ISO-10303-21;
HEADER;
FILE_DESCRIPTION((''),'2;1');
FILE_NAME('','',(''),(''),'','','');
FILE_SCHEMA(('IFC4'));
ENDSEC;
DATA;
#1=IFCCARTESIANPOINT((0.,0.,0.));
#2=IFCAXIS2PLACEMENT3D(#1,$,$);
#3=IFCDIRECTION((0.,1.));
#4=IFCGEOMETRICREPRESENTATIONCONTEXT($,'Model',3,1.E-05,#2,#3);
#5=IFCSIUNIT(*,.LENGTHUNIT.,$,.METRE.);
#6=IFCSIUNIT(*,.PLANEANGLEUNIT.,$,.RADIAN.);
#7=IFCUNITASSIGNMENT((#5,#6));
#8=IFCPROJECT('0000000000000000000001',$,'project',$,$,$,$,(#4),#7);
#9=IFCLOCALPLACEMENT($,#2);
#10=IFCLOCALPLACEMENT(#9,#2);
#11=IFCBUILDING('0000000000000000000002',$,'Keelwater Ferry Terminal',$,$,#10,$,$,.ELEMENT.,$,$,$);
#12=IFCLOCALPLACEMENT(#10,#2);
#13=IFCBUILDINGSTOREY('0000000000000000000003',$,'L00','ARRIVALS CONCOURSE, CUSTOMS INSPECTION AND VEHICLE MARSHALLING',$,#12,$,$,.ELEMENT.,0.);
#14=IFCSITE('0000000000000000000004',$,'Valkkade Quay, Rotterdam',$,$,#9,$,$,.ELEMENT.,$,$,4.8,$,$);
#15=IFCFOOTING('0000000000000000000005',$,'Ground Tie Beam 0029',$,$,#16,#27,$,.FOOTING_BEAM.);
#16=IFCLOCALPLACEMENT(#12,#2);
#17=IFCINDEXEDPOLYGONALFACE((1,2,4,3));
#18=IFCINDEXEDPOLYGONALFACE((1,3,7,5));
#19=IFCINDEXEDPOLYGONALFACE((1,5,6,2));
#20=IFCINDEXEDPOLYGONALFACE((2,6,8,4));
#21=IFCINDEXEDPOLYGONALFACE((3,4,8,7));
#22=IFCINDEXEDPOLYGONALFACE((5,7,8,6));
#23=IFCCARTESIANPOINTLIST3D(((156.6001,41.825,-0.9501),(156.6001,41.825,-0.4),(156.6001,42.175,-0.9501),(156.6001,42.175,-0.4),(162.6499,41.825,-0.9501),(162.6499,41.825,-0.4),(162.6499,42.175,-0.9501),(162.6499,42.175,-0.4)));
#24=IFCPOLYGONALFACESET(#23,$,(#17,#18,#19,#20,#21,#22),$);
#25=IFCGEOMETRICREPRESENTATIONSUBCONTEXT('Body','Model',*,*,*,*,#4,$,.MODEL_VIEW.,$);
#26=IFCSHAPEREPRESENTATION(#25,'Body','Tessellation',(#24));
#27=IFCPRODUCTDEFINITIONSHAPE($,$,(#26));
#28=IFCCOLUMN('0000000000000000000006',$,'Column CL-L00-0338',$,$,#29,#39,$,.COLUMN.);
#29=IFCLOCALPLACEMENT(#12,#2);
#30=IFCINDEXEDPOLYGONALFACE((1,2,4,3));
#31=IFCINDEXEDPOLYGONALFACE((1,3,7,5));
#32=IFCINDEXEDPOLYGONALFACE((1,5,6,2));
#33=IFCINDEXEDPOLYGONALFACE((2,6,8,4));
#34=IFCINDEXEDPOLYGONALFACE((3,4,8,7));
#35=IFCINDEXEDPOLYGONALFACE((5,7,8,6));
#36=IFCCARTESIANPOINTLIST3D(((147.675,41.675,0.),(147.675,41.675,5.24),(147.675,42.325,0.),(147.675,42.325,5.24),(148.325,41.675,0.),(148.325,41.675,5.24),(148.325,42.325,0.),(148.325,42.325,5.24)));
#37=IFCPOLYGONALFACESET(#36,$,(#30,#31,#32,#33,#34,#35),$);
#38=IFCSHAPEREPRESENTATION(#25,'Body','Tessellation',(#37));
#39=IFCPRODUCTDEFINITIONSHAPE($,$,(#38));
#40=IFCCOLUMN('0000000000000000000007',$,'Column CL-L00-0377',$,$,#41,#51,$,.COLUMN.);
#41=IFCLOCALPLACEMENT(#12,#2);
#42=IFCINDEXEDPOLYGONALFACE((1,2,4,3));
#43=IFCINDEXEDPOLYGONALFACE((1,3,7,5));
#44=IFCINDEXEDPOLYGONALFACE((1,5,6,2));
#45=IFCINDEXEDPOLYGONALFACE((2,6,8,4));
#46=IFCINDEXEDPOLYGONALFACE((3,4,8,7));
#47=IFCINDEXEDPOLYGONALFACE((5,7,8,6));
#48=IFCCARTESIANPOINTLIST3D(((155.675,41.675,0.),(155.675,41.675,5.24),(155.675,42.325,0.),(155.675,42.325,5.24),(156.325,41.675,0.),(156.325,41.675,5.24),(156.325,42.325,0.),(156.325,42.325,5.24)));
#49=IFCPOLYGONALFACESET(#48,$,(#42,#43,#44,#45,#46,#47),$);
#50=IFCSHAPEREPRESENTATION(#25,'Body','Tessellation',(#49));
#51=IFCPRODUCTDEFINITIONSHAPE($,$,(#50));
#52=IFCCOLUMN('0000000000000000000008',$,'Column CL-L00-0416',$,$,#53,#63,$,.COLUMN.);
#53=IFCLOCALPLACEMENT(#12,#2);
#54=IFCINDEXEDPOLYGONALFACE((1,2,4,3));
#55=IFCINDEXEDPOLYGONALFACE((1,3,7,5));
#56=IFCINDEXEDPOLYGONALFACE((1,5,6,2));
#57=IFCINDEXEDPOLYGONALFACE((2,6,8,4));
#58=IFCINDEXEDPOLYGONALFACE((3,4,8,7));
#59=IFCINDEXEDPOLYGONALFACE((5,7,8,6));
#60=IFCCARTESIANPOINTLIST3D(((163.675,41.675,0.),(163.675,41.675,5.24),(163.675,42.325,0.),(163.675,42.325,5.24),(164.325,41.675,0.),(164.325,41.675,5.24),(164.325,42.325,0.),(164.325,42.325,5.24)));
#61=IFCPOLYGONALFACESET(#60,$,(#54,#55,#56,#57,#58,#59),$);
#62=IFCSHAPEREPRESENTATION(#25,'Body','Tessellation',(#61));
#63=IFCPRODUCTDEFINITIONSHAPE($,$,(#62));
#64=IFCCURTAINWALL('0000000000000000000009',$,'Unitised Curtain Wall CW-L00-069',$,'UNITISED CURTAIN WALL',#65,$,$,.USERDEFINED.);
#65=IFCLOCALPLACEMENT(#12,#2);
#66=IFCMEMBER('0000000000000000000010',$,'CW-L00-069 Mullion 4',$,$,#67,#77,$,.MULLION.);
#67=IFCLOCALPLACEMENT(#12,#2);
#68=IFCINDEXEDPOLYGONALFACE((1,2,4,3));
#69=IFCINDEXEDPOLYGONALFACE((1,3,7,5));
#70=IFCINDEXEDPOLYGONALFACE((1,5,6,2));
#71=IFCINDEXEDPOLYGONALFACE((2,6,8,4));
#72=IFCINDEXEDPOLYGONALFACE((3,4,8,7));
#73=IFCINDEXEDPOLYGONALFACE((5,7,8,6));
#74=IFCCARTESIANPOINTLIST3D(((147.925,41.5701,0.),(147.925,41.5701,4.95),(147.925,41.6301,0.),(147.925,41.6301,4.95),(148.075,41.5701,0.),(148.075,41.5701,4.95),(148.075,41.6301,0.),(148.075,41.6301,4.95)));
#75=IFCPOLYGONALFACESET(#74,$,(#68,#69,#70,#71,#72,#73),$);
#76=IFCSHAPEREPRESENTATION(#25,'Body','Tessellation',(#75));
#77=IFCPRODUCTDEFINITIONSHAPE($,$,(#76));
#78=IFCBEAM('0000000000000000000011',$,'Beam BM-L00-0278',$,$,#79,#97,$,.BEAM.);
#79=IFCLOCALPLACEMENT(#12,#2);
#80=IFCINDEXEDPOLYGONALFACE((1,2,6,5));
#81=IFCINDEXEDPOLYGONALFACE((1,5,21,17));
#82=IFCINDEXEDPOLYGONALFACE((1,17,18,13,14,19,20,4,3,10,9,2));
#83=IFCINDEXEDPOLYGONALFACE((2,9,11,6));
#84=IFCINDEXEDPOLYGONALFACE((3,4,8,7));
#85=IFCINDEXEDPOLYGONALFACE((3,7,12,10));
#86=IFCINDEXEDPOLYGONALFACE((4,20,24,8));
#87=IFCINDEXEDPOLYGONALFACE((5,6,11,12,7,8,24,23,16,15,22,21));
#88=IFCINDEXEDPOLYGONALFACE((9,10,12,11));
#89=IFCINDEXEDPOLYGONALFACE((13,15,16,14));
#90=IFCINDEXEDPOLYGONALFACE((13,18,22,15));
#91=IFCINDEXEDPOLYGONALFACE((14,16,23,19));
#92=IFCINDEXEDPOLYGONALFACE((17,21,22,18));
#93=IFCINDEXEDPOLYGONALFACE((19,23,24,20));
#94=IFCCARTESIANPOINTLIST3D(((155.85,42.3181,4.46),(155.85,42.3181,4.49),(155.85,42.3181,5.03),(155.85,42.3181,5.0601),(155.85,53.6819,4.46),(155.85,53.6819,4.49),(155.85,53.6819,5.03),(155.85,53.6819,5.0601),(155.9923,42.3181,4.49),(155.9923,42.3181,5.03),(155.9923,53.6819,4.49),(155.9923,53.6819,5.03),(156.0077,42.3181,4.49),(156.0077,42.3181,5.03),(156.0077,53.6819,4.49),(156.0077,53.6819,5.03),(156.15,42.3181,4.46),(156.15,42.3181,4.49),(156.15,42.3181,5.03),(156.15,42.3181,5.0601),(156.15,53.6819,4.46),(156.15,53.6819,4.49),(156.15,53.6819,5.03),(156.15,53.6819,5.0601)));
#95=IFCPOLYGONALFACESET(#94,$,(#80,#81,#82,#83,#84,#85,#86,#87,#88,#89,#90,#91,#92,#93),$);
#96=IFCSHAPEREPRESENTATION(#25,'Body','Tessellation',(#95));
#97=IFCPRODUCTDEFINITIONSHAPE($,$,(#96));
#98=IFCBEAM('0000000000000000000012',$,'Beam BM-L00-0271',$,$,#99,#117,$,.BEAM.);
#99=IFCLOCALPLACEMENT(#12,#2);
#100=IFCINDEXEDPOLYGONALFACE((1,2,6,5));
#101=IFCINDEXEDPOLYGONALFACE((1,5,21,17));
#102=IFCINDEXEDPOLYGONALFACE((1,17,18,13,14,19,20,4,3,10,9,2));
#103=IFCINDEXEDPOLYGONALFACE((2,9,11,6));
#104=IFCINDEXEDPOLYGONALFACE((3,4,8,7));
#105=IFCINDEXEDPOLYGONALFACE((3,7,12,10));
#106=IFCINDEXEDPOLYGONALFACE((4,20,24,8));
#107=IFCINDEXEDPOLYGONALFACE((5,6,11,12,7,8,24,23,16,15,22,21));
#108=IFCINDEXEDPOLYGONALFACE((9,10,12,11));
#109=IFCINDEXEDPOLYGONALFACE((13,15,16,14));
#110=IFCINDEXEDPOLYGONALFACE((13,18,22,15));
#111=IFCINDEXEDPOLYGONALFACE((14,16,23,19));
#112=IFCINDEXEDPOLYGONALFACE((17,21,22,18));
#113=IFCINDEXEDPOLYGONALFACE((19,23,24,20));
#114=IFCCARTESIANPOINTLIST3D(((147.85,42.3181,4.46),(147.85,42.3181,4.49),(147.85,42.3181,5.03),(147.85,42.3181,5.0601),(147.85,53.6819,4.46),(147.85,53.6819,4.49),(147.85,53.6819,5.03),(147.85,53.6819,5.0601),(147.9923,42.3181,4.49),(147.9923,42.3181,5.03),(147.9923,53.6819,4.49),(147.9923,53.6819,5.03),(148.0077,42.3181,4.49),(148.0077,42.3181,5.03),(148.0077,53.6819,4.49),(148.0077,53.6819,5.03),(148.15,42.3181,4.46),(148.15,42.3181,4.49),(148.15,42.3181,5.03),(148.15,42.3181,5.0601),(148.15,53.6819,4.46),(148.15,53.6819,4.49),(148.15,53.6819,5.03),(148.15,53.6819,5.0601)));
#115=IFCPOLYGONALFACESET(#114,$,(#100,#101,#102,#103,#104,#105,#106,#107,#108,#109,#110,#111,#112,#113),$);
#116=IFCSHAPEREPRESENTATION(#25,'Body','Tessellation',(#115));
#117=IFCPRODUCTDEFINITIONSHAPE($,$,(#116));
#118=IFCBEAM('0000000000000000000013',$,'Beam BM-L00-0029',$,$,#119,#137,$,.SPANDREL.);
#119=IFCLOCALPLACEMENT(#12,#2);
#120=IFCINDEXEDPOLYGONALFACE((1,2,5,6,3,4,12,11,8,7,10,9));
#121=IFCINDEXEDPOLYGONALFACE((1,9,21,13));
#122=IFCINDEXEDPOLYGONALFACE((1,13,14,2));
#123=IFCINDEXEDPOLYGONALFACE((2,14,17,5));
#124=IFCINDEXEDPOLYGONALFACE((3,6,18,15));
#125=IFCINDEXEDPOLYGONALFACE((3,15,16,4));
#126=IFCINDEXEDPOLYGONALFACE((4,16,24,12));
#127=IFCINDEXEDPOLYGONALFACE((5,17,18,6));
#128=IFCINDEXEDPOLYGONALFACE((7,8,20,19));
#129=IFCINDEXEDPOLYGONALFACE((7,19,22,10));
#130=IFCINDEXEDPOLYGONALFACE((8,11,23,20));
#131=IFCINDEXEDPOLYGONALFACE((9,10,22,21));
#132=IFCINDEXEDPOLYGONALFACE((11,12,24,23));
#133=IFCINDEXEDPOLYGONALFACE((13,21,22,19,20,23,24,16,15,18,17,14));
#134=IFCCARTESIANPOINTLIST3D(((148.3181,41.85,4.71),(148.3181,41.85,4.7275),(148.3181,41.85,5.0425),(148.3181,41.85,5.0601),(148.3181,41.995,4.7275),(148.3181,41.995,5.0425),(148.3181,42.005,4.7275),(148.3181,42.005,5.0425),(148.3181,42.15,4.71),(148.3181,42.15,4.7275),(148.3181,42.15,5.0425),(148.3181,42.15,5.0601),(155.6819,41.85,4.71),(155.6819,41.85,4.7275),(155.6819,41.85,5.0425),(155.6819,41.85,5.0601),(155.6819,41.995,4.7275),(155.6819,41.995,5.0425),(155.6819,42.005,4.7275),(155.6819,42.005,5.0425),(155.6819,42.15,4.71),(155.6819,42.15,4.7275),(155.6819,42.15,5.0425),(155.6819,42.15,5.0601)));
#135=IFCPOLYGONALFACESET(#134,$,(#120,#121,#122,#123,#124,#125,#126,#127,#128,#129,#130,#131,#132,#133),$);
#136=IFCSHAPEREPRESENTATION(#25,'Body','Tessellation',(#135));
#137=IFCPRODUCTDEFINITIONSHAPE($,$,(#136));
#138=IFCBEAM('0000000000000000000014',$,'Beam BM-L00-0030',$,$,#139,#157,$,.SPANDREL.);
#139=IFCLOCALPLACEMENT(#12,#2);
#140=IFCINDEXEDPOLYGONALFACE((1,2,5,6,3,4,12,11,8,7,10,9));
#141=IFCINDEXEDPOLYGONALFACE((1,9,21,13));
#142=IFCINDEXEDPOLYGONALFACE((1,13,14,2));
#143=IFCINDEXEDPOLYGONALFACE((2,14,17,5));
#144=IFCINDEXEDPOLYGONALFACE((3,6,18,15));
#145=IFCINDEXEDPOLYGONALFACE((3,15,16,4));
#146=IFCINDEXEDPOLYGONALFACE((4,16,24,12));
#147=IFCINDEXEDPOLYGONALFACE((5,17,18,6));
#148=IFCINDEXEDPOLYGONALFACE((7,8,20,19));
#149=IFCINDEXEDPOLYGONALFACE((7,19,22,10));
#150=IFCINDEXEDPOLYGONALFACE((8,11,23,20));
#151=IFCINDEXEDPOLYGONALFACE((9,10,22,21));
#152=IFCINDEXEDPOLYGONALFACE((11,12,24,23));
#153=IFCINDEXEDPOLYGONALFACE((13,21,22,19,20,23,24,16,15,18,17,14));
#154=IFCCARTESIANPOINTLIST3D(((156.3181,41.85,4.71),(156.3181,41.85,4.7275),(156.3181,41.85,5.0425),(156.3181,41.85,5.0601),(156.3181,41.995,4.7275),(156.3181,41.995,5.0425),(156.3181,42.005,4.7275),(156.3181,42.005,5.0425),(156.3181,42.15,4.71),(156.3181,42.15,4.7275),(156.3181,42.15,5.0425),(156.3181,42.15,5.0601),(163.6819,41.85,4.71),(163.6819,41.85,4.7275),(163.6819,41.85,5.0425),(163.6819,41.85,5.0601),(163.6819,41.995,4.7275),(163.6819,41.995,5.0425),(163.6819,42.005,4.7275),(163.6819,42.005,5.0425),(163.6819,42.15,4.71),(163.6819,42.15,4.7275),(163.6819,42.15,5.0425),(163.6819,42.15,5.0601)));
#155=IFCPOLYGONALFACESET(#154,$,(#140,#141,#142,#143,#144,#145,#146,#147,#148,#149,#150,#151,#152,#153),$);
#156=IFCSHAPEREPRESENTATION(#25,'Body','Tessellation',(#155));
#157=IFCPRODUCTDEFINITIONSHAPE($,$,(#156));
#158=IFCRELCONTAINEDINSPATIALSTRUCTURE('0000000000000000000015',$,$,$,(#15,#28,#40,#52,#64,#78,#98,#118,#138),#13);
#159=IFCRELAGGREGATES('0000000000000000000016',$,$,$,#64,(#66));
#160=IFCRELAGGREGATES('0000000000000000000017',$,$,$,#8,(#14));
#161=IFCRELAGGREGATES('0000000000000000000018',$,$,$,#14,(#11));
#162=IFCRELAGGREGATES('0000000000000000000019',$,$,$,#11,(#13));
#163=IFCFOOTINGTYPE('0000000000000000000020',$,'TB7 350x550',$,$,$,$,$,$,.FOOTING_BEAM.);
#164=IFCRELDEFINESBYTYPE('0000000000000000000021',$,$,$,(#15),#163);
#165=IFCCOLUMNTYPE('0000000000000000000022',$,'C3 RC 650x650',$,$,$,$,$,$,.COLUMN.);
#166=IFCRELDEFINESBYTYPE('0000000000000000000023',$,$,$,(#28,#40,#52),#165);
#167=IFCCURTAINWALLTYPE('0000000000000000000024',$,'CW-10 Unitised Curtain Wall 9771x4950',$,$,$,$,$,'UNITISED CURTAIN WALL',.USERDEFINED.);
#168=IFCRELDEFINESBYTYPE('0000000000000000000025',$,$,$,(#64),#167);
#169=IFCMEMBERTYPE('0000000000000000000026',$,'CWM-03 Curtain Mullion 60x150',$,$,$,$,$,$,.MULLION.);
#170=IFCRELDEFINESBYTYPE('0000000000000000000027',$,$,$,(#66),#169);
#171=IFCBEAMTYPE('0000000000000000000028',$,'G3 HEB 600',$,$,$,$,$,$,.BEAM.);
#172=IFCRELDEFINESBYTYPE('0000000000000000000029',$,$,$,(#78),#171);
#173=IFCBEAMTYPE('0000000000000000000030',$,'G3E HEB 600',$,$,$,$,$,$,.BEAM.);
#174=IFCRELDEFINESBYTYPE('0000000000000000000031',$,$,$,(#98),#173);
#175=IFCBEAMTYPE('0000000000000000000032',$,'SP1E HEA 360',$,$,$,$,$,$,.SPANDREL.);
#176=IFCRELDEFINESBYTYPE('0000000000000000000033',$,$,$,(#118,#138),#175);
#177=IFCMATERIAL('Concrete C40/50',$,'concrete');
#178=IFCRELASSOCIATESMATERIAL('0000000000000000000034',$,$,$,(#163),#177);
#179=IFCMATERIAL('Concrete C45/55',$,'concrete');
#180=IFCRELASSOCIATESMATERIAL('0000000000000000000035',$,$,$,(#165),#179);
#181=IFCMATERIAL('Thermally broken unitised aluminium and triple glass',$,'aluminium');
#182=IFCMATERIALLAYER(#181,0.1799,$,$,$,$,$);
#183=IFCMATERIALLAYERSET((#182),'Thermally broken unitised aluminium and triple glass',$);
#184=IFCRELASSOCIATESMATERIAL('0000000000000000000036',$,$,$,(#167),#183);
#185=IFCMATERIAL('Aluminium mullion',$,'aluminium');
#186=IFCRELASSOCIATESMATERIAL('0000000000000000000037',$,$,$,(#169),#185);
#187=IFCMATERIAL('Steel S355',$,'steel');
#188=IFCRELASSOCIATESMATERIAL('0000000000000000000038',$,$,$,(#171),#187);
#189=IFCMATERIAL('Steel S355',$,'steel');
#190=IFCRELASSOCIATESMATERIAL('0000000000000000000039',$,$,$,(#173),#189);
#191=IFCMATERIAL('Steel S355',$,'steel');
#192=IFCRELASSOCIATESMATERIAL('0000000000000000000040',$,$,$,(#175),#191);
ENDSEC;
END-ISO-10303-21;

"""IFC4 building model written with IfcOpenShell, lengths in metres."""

from ifc_helpers import new_model, si_unit, direction, frame, origin, origin_2d, place, context, subcontext, project, spatial, rectangle, i_section, extrude, material, layer, layer_set, material_profile, profile_set, type_object, element, aggregate, save


model = new_model("IFC4")

# Units and contexts
model_context = context("Model", 3, precision=1e-05, world=origin(), true_north=direction((0.0, 1.0)))
body_context = subcontext(model_context, "Body", "Model", "MODEL_VIEW")
ifc_project = project(units=[si_unit("LENGTHUNIT", "METRE"), si_unit("PLANEANGLEUNIT", "RADIAN")], contexts=[model_context])

# Site, building, storey
site_placement = place(None, origin())
site = spatial("IfcSite", under=ifc_project, at=site_placement, Name="Valkkade Quay, Rotterdam", CompositionType="ELEMENT", RefElevation=4.8)
building_placement = place(site_placement, origin())
building = spatial("IfcBuilding", under=site, at=building_placement, Name="Keelwater Ferry Terminal", CompositionType="ELEMENT")
storey_placement = place(building_placement, origin())
storey = spatial("IfcBuildingStorey", under=building, at=storey_placement, Name="L00", Description="ARRIVALS CONCOURSE, CUSTOMS INSPECTION AND VEHICLE MARSHALLING", CompositionType="ELEMENT", Elevation=0.0)

# Footing
ifc_material_1 = material(Name="Concrete C40/50", Category="concrete")
ifc_material_profile_1 = material_profile(ifc_material_1, rectangle(XDim=0.3501, YDim=0.55, at=origin_2d()), Name="TB 350x550")
ifc_profile_set_1 = profile_set([ifc_material_profile_1], Name="Concrete C40/50")
footing_type = type_object("IfcFootingType", Name="TB7 350x550", PredefinedType="FOOTING_BEAM", material=ifc_profile_set_1)
footing_placement = place(storey_placement, frame((156.6001, 42.0, -0.675), z_axis=(1.0, 0.0, 0.0), x_axis=(0.0, 1.0, 0.0)))
element("IfcFooting", 1, at=footing_placement, inside=storey, type_object=footing_type, Name="Ground Tie Beam 0029", PredefinedType="FOOTING_BEAM", context=body_context, shape_type="SweptSolid", body=[
    extrude(rectangle(XDim=0.3501, YDim=0.55, at=origin_2d()), origin(), (0.0, 0.0, 1.0), 6.0498),
])

# Columns
ifc_material_2 = material(Name="Concrete C45/55", Category="concrete")
ifc_material_profile_2 = material_profile(ifc_material_2, rectangle(XDim=0.6499, YDim=0.6499, at=origin_2d()), Name="RC 650x650")
ifc_profile_set_2 = profile_set([ifc_material_profile_2], Name="Concrete C45/55")
column_type = type_object("IfcColumnType", Name="C3 RC 650x650", PredefinedType="COLUMN", material=ifc_profile_set_2)
for number, where, z_axis, x_axis, name in (
    (2, (148.0, 42.0, 0.0), (0.0, 0.0, 1.0), (1.0, 0.0, 0.0), "Column CL-L00-0338"),
    (3, (156.0, 42.0, 0.0), (0.0, 0.0, 1.0), (1.0, 0.0, 0.0), "Column CL-L00-0377"),
    (4, (164.0, 42.0, 0.0), (0.0, 0.0, 1.0), (1.0, 0.0, 0.0), "Column CL-L00-0416"),
):
    element("IfcColumn", number, at=place(storey_placement, frame(where, z_axis=z_axis, x_axis=x_axis)), inside=storey, type_object=column_type, Name=name, PredefinedType="COLUMN", context=body_context, shape_type="SweptSolid", body=[
        extrude(rectangle(XDim=0.6499, YDim=0.6499, at=origin_2d()), origin(), (0.0, 0.0, 1.0), 5.24),
    ])

# Curtain wall, member
ifc_material_3 = material(Name="Thermally broken unitised aluminium and triple glass", Category="aluminium")
ifc_layer_1 = layer(ifc_material_3, 0.1799)
ifc_layer_set_1 = layer_set([ifc_layer_1], Name="Thermally broken unitised aluminium and triple glass")
curtain_wall_type = type_object("IfcCurtainWallType", Name="CW-10 Unitised Curtain Wall 9771x4950", ElementType="UNITISED CURTAIN WALL", PredefinedType="USERDEFINED", material=ifc_layer_set_1)
curtain_wall_placement = place(storey_placement, origin())
curtain_wall = element("IfcCurtainWall", 5, at=curtain_wall_placement, inside=storey, type_object=curtain_wall_type, Name="Unitised Curtain Wall CW-L00-069", ObjectType="UNITISED CURTAIN WALL", PredefinedType="USERDEFINED")
ifc_material_4 = material(Name="Aluminium mullion", Category="aluminium")
ifc_material_profile_3 = material_profile(ifc_material_4, rectangle(XDim=0.0601, YDim=0.1499, at=origin_2d()), Name="CWM-03")
ifc_profile_set_3 = profile_set([ifc_material_profile_3], Name="Aluminium mullion")
member_type = type_object("IfcMemberType", Name="CWM-03 Curtain Mullion 60x150", PredefinedType="MULLION", material=ifc_profile_set_3)
member_placement = place(storey_placement, frame((148.0, 41.6001, 0.0), z_axis=(0.0, 0.0, 1.0), x_axis=(0.0, 1.0, 0.0)))
member = element("IfcMember", 6, at=member_placement, type_object=member_type, Name="CW-L00-069 Mullion 4", PredefinedType="MULLION", context=body_context, shape_type="SweptSolid", body=[
    extrude(rectangle(XDim=0.0601, YDim=0.1499, at=origin_2d()), origin(), (0.0, 0.0, 1.0), 4.95),
])
aggregate(curtain_wall, [member])

# Beams
ifc_material_5 = material(Name="Steel S355", Category="steel")
ifc_material_profile_4 = material_profile(ifc_material_5, i_section(OverallWidth=0.3, OverallDepth=0.6001, WebThickness=0.0154, FlangeThickness=0.03, at=origin_2d()), Name="HEB 600")
ifc_profile_set_4 = profile_set([ifc_material_profile_4], Name="Steel S355")
beam_type_1 = type_object("IfcBeamType", Name="G3 HEB 600", PredefinedType="BEAM", material=ifc_profile_set_4)
beam_1_placement = place(storey_placement, frame((156.0, 42.3181, 4.76), z_axis=(0.0, 1.0, 0.0), x_axis=(-1.0, 0.0, 0.0)))
element("IfcBeam", 7, at=beam_1_placement, inside=storey, type_object=beam_type_1, Name="Beam BM-L00-0278", PredefinedType="BEAM", context=body_context, shape_type="SweptSolid", body=[
    extrude(i_section(OverallWidth=0.3, OverallDepth=0.6001, WebThickness=0.0154, FlangeThickness=0.03, at=origin_2d()), origin(), (0.0, 0.0, 1.0), 11.3638),
])
ifc_material_6 = material(Name="Steel S355", Category="steel")
ifc_material_profile_5 = material_profile(ifc_material_6, i_section(OverallWidth=0.3, OverallDepth=0.6001, WebThickness=0.0154, FlangeThickness=0.03, at=origin_2d()), Name="HEB 600")
ifc_profile_set_5 = profile_set([ifc_material_profile_5], Name="Steel S355")
beam_type_2 = type_object("IfcBeamType", Name="G3E HEB 600", PredefinedType="BEAM", material=ifc_profile_set_5)
beam_2_placement = place(storey_placement, frame((148.0, 42.3181, 4.76), z_axis=(0.0, 1.0, 0.0), x_axis=(-1.0, 0.0, 0.0)))
element("IfcBeam", 8, at=beam_2_placement, inside=storey, type_object=beam_type_2, Name="Beam BM-L00-0271", PredefinedType="BEAM", context=body_context, shape_type="SweptSolid", body=[
    extrude(i_section(OverallWidth=0.3, OverallDepth=0.6001, WebThickness=0.0154, FlangeThickness=0.03, at=origin_2d()), origin(), (0.0, 0.0, 1.0), 11.3638),
])
ifc_material_7 = material(Name="Steel S355", Category="steel")
ifc_material_profile_6 = material_profile(ifc_material_7, i_section(OverallWidth=0.3, OverallDepth=0.3501, WebThickness=0.01, FlangeThickness=0.0176, at=origin_2d()), Name="HEA 360")
ifc_profile_set_6 = profile_set([ifc_material_profile_6], Name="Steel S355")
beam_type_3 = type_object("IfcBeamType", Name="SP1E HEA 360", PredefinedType="SPANDREL", material=ifc_profile_set_6)
for number, where, z_axis, x_axis, name in (
    (9, (148.3181, 42.0, 4.885), (1.0, 0.0, 0.0), (0.0, 1.0, 0.0), "Beam BM-L00-0029"),
    (10, (156.3181, 42.0, 4.885), (1.0, 0.0, 0.0), (0.0, 1.0, 0.0), "Beam BM-L00-0030"),
):
    element("IfcBeam", number, at=place(storey_placement, frame(where, z_axis=z_axis, x_axis=x_axis)), inside=storey, type_object=beam_type_3, Name=name, PredefinedType="SPANDREL", context=body_context, shape_type="SweptSolid", body=[
        extrude(i_section(OverallWidth=0.3, OverallDepth=0.3501, WebThickness=0.01, FlangeThickness=0.0176, at=origin_2d()), origin(), (0.0, 0.0, 1.0), 7.3638),
    ])

save(model, "model.ifc")
